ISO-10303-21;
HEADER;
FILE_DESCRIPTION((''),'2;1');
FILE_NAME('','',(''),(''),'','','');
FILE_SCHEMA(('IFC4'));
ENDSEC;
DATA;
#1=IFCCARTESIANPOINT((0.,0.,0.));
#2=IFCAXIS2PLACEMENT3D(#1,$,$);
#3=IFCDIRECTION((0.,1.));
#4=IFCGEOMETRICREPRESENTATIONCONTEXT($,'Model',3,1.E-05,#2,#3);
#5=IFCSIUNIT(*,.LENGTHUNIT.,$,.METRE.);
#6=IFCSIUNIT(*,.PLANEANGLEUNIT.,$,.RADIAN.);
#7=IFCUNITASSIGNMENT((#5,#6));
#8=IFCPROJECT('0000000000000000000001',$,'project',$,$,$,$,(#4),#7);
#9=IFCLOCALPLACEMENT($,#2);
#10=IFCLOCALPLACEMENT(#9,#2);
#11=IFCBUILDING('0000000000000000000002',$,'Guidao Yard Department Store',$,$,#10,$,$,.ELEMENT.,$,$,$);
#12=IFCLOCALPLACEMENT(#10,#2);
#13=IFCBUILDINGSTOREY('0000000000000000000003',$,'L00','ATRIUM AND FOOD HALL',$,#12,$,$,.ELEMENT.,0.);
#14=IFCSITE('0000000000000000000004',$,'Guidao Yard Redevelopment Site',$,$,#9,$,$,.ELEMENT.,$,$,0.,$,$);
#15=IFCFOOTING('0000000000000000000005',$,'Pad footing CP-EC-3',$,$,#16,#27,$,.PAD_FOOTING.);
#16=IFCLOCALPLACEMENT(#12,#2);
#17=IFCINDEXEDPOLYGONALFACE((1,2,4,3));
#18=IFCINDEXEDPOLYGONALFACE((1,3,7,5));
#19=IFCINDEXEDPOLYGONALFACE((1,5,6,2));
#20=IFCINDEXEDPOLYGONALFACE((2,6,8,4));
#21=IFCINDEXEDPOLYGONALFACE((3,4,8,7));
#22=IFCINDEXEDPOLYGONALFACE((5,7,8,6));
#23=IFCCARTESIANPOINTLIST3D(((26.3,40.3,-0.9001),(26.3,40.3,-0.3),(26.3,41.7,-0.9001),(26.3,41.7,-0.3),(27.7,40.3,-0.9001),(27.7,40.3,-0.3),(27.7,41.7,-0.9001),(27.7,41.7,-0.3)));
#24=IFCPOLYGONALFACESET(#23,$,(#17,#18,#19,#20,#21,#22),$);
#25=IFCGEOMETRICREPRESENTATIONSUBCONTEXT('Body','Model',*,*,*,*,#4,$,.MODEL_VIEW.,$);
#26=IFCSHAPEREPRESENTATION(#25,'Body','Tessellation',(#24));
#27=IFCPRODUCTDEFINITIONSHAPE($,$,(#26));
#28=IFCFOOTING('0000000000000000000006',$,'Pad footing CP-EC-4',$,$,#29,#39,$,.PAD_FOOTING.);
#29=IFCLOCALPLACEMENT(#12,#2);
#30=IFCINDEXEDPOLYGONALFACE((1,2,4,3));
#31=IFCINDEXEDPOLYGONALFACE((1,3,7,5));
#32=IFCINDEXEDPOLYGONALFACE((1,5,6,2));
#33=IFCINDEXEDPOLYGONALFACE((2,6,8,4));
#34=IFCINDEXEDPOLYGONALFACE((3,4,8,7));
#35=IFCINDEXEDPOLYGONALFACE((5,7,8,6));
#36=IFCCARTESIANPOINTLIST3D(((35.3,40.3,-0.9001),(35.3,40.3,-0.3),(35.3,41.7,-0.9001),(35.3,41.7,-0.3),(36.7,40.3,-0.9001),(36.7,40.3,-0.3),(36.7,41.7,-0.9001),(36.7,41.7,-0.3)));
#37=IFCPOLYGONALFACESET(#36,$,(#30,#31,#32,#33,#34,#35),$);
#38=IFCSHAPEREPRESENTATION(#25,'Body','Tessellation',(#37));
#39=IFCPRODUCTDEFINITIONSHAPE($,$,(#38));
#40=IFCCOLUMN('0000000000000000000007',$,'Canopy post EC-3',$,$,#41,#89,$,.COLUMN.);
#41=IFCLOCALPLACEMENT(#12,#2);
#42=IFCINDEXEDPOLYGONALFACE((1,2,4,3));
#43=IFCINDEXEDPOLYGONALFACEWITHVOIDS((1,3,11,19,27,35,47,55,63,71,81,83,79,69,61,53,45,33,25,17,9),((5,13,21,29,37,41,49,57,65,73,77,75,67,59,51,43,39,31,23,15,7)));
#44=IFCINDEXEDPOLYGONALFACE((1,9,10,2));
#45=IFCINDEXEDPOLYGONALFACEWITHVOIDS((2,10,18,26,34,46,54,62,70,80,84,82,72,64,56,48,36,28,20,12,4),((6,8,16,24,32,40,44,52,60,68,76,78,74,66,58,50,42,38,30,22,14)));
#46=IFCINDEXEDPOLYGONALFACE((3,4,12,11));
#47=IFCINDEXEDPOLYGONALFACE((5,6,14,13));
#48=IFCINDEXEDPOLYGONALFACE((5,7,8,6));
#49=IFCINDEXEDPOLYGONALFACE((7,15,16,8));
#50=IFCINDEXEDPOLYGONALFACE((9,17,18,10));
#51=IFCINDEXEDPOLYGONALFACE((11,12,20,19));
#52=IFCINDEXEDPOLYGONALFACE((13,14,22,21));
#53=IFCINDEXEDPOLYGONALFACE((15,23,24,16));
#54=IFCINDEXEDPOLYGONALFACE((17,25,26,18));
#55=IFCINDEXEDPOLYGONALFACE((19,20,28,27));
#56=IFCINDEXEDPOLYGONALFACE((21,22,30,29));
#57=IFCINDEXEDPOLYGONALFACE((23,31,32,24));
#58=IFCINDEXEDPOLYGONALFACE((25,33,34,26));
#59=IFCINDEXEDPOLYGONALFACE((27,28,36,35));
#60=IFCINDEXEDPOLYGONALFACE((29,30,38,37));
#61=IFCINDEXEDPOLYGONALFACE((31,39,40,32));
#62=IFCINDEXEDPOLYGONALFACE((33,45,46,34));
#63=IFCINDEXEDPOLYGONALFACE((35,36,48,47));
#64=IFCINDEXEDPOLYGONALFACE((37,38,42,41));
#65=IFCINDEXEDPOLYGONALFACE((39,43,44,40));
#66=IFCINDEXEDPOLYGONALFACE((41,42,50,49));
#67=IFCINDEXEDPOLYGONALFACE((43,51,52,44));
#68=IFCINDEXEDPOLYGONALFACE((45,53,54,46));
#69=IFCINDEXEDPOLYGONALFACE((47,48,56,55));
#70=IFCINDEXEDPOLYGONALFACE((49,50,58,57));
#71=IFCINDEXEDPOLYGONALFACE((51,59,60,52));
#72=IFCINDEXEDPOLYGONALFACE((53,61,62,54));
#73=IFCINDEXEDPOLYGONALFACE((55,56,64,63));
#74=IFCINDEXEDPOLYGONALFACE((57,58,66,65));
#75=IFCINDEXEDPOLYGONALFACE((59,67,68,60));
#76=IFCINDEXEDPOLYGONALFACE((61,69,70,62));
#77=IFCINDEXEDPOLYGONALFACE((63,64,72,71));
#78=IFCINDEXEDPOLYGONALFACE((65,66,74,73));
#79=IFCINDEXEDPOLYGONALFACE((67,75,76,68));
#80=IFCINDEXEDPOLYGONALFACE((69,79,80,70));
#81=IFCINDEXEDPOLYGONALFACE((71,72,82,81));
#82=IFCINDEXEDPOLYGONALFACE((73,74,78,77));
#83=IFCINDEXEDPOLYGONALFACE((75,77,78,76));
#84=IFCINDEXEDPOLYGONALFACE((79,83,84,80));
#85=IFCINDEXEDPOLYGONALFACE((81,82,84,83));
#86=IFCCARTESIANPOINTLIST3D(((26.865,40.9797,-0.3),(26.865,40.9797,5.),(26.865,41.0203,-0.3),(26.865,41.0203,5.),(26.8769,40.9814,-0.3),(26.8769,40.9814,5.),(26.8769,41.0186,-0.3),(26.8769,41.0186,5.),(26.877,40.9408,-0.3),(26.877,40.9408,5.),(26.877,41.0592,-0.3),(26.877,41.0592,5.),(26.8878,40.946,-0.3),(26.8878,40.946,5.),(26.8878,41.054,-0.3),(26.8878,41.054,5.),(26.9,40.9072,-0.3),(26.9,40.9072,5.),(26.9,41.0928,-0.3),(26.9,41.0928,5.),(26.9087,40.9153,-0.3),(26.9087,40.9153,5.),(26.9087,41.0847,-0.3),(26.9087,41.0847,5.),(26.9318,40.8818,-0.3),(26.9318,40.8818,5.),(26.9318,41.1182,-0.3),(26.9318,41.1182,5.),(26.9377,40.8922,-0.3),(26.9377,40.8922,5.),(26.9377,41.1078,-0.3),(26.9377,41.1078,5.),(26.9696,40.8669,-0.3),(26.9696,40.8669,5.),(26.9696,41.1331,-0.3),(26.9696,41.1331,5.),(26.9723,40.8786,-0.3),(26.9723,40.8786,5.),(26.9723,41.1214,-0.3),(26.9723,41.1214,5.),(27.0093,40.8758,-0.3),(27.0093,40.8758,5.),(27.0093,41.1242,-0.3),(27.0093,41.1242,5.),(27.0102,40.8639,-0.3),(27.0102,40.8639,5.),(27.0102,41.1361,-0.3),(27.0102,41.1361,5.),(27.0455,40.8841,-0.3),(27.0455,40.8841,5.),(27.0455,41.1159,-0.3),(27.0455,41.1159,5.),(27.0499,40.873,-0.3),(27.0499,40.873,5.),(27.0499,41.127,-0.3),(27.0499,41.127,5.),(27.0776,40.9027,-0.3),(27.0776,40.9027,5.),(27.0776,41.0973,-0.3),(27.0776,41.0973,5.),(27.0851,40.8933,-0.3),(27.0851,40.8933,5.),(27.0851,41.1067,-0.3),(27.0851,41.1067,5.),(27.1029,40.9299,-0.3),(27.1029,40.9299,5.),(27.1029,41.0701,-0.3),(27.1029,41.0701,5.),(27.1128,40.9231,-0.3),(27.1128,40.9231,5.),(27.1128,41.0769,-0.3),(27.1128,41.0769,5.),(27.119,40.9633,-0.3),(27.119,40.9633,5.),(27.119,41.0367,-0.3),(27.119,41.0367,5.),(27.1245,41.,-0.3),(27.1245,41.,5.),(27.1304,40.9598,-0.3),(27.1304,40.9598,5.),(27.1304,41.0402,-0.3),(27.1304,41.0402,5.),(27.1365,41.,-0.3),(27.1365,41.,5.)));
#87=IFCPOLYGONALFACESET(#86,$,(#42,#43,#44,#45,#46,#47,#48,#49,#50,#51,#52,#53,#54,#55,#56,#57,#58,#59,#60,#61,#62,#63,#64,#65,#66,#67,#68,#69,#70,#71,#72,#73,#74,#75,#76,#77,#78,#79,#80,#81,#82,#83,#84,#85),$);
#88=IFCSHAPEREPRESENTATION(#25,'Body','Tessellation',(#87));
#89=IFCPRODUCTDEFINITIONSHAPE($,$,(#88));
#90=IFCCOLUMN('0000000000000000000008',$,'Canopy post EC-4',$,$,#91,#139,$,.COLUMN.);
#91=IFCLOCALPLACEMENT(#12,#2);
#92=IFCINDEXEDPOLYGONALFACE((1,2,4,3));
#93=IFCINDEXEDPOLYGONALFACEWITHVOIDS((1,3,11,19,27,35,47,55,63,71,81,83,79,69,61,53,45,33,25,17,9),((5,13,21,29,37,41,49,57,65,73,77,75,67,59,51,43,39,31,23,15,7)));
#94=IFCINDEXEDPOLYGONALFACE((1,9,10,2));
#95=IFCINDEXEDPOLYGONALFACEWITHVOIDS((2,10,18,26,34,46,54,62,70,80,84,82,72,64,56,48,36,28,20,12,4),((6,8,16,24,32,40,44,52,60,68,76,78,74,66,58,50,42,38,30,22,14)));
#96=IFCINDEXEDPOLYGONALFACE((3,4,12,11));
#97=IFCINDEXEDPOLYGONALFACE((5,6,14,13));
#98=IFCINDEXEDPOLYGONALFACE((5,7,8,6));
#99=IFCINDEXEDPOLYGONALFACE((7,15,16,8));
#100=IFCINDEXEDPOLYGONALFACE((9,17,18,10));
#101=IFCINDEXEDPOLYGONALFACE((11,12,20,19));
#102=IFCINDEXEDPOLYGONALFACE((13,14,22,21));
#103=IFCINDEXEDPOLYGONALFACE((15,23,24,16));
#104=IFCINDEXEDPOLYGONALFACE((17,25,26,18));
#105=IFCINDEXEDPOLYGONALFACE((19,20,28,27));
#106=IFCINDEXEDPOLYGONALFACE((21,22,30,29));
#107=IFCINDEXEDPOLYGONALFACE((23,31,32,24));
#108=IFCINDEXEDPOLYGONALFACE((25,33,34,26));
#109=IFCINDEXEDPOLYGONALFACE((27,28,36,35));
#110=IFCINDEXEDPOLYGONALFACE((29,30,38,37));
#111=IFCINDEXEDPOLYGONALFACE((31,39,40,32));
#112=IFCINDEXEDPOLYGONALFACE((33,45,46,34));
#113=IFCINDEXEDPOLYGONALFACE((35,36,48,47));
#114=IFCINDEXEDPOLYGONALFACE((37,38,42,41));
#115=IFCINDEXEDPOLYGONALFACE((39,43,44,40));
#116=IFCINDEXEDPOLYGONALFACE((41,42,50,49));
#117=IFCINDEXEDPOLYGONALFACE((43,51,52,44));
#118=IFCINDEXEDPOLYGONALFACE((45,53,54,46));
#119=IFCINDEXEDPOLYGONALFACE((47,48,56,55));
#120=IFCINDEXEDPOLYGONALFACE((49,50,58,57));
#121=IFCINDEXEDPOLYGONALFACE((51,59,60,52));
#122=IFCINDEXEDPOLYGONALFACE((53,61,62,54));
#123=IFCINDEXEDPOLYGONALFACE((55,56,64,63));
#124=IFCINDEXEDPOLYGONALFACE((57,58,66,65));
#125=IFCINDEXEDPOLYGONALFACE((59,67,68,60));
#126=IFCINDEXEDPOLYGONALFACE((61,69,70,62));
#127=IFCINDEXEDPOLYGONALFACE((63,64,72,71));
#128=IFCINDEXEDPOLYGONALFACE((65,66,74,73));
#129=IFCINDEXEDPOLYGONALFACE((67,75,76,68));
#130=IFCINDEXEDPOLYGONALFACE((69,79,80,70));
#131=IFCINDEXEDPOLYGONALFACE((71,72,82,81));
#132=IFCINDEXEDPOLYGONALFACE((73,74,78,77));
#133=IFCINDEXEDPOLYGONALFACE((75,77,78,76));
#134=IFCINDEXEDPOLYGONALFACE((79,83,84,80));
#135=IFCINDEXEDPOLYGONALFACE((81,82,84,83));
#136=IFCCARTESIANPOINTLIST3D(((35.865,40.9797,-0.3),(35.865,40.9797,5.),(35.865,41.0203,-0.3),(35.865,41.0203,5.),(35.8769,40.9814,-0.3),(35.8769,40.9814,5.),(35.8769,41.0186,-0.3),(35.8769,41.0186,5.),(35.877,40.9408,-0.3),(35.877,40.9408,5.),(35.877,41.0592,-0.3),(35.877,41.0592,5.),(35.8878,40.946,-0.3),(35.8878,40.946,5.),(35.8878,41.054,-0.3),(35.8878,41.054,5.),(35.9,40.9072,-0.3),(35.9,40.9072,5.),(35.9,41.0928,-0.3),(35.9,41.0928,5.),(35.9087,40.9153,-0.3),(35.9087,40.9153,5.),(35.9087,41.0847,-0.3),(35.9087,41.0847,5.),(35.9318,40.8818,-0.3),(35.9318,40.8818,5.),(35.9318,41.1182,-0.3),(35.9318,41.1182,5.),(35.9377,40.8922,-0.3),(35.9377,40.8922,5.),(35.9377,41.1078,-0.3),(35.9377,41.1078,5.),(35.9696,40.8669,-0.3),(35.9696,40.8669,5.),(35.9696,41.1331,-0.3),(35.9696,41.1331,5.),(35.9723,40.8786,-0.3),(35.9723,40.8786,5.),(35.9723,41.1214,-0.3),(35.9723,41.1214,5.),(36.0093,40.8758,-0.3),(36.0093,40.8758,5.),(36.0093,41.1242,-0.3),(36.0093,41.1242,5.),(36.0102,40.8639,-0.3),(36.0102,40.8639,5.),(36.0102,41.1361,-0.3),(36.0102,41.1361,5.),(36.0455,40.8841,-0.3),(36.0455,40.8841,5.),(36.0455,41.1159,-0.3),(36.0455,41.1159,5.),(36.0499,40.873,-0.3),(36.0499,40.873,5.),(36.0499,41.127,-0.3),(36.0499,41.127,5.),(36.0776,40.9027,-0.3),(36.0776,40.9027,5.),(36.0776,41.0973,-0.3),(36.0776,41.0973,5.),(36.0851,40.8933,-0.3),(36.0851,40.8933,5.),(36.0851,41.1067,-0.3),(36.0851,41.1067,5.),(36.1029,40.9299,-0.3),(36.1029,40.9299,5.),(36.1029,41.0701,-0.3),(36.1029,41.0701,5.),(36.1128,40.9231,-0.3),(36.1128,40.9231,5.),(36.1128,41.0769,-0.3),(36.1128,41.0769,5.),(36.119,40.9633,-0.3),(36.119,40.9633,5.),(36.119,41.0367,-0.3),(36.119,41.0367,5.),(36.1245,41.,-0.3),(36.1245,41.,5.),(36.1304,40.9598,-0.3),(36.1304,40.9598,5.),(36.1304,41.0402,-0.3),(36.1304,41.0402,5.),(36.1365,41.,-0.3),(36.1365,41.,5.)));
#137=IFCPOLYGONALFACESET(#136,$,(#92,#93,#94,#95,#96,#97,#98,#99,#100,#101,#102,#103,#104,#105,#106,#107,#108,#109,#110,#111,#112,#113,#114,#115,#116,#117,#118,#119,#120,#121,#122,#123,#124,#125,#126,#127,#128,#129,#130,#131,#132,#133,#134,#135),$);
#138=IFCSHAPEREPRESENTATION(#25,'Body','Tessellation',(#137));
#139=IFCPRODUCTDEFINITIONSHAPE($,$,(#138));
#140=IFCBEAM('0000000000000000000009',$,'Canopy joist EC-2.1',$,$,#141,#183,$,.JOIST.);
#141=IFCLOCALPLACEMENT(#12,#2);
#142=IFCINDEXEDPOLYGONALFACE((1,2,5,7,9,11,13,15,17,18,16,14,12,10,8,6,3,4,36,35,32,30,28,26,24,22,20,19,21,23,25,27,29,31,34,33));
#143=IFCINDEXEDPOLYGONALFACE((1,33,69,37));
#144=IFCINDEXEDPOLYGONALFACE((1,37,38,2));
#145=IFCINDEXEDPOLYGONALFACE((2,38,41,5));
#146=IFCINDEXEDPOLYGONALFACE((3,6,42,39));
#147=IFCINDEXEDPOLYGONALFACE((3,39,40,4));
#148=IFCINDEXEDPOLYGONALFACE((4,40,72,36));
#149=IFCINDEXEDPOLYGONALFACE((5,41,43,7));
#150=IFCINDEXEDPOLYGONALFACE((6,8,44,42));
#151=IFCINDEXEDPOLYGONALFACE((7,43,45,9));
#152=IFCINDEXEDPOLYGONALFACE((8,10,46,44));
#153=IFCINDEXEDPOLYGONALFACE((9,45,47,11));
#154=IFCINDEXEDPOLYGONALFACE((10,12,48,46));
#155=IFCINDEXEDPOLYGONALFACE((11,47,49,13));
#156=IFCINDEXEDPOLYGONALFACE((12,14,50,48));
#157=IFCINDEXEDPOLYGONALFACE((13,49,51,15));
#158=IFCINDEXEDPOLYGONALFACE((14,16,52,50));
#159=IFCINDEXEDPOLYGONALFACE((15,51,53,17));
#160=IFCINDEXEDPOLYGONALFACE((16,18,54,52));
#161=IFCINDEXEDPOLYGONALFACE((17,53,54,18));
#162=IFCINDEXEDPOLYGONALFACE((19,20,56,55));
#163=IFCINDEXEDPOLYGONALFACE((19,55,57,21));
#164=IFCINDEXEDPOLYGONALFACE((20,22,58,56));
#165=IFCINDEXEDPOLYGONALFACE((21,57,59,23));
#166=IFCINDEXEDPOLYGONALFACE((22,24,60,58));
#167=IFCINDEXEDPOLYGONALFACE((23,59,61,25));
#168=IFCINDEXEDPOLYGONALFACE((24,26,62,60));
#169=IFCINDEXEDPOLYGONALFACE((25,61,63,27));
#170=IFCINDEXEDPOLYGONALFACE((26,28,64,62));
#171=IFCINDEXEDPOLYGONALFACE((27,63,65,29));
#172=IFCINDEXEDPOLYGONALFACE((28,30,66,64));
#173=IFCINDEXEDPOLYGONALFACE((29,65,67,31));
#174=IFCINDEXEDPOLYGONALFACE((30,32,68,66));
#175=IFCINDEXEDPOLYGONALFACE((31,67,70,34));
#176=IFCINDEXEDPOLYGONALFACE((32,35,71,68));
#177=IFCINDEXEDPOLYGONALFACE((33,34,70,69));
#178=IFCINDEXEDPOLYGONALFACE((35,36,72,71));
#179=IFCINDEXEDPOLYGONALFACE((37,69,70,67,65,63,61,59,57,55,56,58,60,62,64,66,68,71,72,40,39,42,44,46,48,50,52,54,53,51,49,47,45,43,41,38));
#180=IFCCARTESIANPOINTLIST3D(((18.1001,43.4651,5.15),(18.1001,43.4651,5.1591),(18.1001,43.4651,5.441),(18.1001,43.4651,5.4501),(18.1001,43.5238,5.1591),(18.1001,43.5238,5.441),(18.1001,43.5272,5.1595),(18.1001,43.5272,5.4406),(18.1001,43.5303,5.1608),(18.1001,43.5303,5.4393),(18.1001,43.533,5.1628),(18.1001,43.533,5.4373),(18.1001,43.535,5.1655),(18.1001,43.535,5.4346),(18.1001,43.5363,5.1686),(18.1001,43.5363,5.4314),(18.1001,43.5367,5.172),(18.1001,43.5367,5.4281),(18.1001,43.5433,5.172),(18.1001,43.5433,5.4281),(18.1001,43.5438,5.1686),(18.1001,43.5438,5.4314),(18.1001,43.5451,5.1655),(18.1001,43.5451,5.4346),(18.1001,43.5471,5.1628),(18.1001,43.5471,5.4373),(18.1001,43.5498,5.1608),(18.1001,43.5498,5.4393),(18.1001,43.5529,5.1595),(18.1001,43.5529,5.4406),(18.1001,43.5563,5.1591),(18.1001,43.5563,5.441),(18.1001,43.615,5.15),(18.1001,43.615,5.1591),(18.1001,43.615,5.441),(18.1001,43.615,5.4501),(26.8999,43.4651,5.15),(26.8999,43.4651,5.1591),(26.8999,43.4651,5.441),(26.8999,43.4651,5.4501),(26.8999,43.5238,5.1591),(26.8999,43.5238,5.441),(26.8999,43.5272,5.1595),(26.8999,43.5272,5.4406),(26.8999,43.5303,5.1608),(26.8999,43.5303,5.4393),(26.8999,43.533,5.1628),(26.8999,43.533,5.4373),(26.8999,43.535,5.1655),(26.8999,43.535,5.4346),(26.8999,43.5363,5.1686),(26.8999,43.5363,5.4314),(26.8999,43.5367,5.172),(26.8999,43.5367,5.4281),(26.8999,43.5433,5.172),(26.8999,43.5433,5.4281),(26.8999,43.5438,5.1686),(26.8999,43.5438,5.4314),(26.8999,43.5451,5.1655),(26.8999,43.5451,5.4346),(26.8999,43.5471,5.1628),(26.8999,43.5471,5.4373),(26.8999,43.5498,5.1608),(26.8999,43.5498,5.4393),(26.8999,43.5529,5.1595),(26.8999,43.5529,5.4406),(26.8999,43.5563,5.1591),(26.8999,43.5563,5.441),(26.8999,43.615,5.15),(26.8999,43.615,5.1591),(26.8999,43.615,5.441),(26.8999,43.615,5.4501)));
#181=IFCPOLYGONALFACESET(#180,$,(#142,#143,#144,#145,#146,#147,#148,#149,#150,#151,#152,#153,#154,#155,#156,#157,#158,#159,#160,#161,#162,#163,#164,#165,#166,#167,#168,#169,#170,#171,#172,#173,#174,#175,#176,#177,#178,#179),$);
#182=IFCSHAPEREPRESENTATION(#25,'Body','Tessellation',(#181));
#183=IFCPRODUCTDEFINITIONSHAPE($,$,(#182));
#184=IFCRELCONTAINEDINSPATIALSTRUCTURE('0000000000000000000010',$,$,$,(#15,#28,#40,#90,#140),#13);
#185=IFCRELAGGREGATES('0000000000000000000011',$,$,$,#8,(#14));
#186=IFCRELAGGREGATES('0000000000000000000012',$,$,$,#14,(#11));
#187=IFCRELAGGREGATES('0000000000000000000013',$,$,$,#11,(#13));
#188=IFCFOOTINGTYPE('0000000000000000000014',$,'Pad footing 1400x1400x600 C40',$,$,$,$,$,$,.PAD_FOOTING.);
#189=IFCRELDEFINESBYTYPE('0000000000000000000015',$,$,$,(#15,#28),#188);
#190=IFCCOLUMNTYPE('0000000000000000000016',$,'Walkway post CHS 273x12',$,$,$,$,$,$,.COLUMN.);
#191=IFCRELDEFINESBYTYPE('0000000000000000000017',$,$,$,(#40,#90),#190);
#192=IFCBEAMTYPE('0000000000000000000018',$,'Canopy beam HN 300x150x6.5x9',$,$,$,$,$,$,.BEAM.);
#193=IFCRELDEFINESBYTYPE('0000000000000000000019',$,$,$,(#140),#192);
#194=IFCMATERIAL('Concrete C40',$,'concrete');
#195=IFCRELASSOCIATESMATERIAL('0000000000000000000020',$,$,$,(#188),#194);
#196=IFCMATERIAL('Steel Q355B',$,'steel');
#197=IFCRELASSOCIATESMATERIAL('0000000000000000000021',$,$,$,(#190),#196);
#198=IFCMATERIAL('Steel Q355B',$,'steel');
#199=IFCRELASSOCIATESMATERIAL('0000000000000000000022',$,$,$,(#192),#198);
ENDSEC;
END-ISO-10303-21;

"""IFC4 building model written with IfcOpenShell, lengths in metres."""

from ifc_helpers import new_model, si_unit, direction, frame, origin, origin_2d, place, context, subcontext, project, spatial, rectangle, hollow_circle, i_section, extrude, material, material_profile, profile_set, type_object, element, save


model = new_model("IFC4")

# Units and contexts
model_context = context("Model", 3, precision=1e-05, world=origin(), true_north=direction((0.0, 1.0)))
body_context = subcontext(model_context, "Body", "Model", "MODEL_VIEW")
ifc_project = project(units=[si_unit("LENGTHUNIT", "METRE"), si_unit("PLANEANGLEUNIT", "RADIAN")], contexts=[model_context])

# Site, building, storey
site_placement = place(None, origin())
site = spatial("IfcSite", under=ifc_project, at=site_placement, Name="Guidao Yard Redevelopment Site", CompositionType="ELEMENT", RefElevation=0.0)
building_placement = place(site_placement, origin())
building = spatial("IfcBuilding", under=site, at=building_placement, Name="Guidao Yard Department Store", CompositionType="ELEMENT")
storey_placement = place(building_placement, origin())
storey = spatial("IfcBuildingStorey", under=building, at=storey_placement, Name="L00", Description="ATRIUM AND FOOD HALL", CompositionType="ELEMENT", Elevation=0.0)

# Footings
ifc_material_1 = material(Name="Concrete C40", Category="concrete")
footing_type = type_object("IfcFootingType", Name="Pad footing 1400x1400x600 C40", PredefinedType="PAD_FOOTING", material=ifc_material_1)
for number, where, z_axis, x_axis, name in (
    (1, (27.0, 41.0, -0.9001), (0.0, 0.0, 1.0), (1.0, 0.0, 0.0), "Pad footing CP-EC-3"),
    (2, (36.0, 41.0, -0.9001), (0.0, 0.0, 1.0), (1.0, 0.0, 0.0), "Pad footing CP-EC-4"),
):
    element("IfcFooting", number, at=place(storey_placement, frame(where, z_axis=z_axis, x_axis=x_axis)), inside=storey, type_object=footing_type, Name=name, PredefinedType="PAD_FOOTING", context=body_context, shape_type="SweptSolid", body=[
        extrude(rectangle(XDim=1.3999, YDim=1.3999, at=origin_2d()), origin(), (0.0, 0.0, 1.0), 0.6001),
    ])

# Columns
ifc_material_2 = material(Name="Steel Q355B", Category="steel")
ifc_material_profile_1 = material_profile(ifc_material_2, hollow_circle(Radius=0.1365, WallThickness=0.012, at=origin_2d()), Name="CHS 273x12")
ifc_profile_set_1 = profile_set([ifc_material_profile_1], Name="Steel Q355B")
column_type = type_object("IfcColumnType", Name="Walkway post CHS 273x12", PredefinedType="COLUMN", material=ifc_profile_set_1)
for number, where, z_axis, x_axis, name in (
    (3, (27.0, 41.0, -0.3), (0.0, 0.0, 1.0), (1.0, 0.0, 0.0), "Canopy post EC-3"),
    (4, (36.0, 41.0, -0.3), (0.0, 0.0, 1.0), (1.0, 0.0, 0.0), "Canopy post EC-4"),
):
    element("IfcColumn", number, at=place(storey_placement, frame(where, z_axis=z_axis, x_axis=x_axis)), inside=storey, type_object=column_type, Name=name, PredefinedType="COLUMN", context=body_context, shape_type="SweptSolid", body=[
        extrude(hollow_circle(Radius=0.1365, WallThickness=0.012, at=origin_2d()), origin(), (0.0, 0.0, 1.0), 5.3),
    ])

# Beam
ifc_material_3 = material(Name="Steel Q355B", Category="steel")
ifc_material_profile_2 = material_profile(ifc_material_3, i_section(OverallWidth=0.1499, OverallDepth=0.3, WebThickness=0.0066, FlangeThickness=0.009, FilletRadius=0.0129, at=origin_2d()), Name="HN 300x150x6.5x9")
ifc_profile_set_2 = profile_set([ifc_material_profile_2], Name="Steel Q355B")
beam_type_1 = type_object("IfcBeamType", Name="Canopy beam HN 300x150x6.5x9", PredefinedType="BEAM", material=ifc_profile_set_2)
for number, where, z_axis, x_axis, name in (
    (5, (18.1001, 43.54, 5.3), (1.0, 0.0, 0.0), (0.0, 1.0, 0.0), "Canopy joist EC-2.1"),
):
    element("IfcBeam", number, at=place(storey_placement, frame(where, z_axis=z_axis, x_axis=x_axis)), inside=storey, type_object=beam_type_1, Name=name, PredefinedType="JOIST", context=body_context, shape_type="SweptSolid", body=[
        extrude(i_section(OverallWidth=0.1499, OverallDepth=0.3, WebThickness=0.0066, FlangeThickness=0.009, FilletRadius=0.0129, at=origin_2d()), origin(), (0.0, 0.0, 1.0), 8.7998),
    ])

save(model, "model.ifc")
